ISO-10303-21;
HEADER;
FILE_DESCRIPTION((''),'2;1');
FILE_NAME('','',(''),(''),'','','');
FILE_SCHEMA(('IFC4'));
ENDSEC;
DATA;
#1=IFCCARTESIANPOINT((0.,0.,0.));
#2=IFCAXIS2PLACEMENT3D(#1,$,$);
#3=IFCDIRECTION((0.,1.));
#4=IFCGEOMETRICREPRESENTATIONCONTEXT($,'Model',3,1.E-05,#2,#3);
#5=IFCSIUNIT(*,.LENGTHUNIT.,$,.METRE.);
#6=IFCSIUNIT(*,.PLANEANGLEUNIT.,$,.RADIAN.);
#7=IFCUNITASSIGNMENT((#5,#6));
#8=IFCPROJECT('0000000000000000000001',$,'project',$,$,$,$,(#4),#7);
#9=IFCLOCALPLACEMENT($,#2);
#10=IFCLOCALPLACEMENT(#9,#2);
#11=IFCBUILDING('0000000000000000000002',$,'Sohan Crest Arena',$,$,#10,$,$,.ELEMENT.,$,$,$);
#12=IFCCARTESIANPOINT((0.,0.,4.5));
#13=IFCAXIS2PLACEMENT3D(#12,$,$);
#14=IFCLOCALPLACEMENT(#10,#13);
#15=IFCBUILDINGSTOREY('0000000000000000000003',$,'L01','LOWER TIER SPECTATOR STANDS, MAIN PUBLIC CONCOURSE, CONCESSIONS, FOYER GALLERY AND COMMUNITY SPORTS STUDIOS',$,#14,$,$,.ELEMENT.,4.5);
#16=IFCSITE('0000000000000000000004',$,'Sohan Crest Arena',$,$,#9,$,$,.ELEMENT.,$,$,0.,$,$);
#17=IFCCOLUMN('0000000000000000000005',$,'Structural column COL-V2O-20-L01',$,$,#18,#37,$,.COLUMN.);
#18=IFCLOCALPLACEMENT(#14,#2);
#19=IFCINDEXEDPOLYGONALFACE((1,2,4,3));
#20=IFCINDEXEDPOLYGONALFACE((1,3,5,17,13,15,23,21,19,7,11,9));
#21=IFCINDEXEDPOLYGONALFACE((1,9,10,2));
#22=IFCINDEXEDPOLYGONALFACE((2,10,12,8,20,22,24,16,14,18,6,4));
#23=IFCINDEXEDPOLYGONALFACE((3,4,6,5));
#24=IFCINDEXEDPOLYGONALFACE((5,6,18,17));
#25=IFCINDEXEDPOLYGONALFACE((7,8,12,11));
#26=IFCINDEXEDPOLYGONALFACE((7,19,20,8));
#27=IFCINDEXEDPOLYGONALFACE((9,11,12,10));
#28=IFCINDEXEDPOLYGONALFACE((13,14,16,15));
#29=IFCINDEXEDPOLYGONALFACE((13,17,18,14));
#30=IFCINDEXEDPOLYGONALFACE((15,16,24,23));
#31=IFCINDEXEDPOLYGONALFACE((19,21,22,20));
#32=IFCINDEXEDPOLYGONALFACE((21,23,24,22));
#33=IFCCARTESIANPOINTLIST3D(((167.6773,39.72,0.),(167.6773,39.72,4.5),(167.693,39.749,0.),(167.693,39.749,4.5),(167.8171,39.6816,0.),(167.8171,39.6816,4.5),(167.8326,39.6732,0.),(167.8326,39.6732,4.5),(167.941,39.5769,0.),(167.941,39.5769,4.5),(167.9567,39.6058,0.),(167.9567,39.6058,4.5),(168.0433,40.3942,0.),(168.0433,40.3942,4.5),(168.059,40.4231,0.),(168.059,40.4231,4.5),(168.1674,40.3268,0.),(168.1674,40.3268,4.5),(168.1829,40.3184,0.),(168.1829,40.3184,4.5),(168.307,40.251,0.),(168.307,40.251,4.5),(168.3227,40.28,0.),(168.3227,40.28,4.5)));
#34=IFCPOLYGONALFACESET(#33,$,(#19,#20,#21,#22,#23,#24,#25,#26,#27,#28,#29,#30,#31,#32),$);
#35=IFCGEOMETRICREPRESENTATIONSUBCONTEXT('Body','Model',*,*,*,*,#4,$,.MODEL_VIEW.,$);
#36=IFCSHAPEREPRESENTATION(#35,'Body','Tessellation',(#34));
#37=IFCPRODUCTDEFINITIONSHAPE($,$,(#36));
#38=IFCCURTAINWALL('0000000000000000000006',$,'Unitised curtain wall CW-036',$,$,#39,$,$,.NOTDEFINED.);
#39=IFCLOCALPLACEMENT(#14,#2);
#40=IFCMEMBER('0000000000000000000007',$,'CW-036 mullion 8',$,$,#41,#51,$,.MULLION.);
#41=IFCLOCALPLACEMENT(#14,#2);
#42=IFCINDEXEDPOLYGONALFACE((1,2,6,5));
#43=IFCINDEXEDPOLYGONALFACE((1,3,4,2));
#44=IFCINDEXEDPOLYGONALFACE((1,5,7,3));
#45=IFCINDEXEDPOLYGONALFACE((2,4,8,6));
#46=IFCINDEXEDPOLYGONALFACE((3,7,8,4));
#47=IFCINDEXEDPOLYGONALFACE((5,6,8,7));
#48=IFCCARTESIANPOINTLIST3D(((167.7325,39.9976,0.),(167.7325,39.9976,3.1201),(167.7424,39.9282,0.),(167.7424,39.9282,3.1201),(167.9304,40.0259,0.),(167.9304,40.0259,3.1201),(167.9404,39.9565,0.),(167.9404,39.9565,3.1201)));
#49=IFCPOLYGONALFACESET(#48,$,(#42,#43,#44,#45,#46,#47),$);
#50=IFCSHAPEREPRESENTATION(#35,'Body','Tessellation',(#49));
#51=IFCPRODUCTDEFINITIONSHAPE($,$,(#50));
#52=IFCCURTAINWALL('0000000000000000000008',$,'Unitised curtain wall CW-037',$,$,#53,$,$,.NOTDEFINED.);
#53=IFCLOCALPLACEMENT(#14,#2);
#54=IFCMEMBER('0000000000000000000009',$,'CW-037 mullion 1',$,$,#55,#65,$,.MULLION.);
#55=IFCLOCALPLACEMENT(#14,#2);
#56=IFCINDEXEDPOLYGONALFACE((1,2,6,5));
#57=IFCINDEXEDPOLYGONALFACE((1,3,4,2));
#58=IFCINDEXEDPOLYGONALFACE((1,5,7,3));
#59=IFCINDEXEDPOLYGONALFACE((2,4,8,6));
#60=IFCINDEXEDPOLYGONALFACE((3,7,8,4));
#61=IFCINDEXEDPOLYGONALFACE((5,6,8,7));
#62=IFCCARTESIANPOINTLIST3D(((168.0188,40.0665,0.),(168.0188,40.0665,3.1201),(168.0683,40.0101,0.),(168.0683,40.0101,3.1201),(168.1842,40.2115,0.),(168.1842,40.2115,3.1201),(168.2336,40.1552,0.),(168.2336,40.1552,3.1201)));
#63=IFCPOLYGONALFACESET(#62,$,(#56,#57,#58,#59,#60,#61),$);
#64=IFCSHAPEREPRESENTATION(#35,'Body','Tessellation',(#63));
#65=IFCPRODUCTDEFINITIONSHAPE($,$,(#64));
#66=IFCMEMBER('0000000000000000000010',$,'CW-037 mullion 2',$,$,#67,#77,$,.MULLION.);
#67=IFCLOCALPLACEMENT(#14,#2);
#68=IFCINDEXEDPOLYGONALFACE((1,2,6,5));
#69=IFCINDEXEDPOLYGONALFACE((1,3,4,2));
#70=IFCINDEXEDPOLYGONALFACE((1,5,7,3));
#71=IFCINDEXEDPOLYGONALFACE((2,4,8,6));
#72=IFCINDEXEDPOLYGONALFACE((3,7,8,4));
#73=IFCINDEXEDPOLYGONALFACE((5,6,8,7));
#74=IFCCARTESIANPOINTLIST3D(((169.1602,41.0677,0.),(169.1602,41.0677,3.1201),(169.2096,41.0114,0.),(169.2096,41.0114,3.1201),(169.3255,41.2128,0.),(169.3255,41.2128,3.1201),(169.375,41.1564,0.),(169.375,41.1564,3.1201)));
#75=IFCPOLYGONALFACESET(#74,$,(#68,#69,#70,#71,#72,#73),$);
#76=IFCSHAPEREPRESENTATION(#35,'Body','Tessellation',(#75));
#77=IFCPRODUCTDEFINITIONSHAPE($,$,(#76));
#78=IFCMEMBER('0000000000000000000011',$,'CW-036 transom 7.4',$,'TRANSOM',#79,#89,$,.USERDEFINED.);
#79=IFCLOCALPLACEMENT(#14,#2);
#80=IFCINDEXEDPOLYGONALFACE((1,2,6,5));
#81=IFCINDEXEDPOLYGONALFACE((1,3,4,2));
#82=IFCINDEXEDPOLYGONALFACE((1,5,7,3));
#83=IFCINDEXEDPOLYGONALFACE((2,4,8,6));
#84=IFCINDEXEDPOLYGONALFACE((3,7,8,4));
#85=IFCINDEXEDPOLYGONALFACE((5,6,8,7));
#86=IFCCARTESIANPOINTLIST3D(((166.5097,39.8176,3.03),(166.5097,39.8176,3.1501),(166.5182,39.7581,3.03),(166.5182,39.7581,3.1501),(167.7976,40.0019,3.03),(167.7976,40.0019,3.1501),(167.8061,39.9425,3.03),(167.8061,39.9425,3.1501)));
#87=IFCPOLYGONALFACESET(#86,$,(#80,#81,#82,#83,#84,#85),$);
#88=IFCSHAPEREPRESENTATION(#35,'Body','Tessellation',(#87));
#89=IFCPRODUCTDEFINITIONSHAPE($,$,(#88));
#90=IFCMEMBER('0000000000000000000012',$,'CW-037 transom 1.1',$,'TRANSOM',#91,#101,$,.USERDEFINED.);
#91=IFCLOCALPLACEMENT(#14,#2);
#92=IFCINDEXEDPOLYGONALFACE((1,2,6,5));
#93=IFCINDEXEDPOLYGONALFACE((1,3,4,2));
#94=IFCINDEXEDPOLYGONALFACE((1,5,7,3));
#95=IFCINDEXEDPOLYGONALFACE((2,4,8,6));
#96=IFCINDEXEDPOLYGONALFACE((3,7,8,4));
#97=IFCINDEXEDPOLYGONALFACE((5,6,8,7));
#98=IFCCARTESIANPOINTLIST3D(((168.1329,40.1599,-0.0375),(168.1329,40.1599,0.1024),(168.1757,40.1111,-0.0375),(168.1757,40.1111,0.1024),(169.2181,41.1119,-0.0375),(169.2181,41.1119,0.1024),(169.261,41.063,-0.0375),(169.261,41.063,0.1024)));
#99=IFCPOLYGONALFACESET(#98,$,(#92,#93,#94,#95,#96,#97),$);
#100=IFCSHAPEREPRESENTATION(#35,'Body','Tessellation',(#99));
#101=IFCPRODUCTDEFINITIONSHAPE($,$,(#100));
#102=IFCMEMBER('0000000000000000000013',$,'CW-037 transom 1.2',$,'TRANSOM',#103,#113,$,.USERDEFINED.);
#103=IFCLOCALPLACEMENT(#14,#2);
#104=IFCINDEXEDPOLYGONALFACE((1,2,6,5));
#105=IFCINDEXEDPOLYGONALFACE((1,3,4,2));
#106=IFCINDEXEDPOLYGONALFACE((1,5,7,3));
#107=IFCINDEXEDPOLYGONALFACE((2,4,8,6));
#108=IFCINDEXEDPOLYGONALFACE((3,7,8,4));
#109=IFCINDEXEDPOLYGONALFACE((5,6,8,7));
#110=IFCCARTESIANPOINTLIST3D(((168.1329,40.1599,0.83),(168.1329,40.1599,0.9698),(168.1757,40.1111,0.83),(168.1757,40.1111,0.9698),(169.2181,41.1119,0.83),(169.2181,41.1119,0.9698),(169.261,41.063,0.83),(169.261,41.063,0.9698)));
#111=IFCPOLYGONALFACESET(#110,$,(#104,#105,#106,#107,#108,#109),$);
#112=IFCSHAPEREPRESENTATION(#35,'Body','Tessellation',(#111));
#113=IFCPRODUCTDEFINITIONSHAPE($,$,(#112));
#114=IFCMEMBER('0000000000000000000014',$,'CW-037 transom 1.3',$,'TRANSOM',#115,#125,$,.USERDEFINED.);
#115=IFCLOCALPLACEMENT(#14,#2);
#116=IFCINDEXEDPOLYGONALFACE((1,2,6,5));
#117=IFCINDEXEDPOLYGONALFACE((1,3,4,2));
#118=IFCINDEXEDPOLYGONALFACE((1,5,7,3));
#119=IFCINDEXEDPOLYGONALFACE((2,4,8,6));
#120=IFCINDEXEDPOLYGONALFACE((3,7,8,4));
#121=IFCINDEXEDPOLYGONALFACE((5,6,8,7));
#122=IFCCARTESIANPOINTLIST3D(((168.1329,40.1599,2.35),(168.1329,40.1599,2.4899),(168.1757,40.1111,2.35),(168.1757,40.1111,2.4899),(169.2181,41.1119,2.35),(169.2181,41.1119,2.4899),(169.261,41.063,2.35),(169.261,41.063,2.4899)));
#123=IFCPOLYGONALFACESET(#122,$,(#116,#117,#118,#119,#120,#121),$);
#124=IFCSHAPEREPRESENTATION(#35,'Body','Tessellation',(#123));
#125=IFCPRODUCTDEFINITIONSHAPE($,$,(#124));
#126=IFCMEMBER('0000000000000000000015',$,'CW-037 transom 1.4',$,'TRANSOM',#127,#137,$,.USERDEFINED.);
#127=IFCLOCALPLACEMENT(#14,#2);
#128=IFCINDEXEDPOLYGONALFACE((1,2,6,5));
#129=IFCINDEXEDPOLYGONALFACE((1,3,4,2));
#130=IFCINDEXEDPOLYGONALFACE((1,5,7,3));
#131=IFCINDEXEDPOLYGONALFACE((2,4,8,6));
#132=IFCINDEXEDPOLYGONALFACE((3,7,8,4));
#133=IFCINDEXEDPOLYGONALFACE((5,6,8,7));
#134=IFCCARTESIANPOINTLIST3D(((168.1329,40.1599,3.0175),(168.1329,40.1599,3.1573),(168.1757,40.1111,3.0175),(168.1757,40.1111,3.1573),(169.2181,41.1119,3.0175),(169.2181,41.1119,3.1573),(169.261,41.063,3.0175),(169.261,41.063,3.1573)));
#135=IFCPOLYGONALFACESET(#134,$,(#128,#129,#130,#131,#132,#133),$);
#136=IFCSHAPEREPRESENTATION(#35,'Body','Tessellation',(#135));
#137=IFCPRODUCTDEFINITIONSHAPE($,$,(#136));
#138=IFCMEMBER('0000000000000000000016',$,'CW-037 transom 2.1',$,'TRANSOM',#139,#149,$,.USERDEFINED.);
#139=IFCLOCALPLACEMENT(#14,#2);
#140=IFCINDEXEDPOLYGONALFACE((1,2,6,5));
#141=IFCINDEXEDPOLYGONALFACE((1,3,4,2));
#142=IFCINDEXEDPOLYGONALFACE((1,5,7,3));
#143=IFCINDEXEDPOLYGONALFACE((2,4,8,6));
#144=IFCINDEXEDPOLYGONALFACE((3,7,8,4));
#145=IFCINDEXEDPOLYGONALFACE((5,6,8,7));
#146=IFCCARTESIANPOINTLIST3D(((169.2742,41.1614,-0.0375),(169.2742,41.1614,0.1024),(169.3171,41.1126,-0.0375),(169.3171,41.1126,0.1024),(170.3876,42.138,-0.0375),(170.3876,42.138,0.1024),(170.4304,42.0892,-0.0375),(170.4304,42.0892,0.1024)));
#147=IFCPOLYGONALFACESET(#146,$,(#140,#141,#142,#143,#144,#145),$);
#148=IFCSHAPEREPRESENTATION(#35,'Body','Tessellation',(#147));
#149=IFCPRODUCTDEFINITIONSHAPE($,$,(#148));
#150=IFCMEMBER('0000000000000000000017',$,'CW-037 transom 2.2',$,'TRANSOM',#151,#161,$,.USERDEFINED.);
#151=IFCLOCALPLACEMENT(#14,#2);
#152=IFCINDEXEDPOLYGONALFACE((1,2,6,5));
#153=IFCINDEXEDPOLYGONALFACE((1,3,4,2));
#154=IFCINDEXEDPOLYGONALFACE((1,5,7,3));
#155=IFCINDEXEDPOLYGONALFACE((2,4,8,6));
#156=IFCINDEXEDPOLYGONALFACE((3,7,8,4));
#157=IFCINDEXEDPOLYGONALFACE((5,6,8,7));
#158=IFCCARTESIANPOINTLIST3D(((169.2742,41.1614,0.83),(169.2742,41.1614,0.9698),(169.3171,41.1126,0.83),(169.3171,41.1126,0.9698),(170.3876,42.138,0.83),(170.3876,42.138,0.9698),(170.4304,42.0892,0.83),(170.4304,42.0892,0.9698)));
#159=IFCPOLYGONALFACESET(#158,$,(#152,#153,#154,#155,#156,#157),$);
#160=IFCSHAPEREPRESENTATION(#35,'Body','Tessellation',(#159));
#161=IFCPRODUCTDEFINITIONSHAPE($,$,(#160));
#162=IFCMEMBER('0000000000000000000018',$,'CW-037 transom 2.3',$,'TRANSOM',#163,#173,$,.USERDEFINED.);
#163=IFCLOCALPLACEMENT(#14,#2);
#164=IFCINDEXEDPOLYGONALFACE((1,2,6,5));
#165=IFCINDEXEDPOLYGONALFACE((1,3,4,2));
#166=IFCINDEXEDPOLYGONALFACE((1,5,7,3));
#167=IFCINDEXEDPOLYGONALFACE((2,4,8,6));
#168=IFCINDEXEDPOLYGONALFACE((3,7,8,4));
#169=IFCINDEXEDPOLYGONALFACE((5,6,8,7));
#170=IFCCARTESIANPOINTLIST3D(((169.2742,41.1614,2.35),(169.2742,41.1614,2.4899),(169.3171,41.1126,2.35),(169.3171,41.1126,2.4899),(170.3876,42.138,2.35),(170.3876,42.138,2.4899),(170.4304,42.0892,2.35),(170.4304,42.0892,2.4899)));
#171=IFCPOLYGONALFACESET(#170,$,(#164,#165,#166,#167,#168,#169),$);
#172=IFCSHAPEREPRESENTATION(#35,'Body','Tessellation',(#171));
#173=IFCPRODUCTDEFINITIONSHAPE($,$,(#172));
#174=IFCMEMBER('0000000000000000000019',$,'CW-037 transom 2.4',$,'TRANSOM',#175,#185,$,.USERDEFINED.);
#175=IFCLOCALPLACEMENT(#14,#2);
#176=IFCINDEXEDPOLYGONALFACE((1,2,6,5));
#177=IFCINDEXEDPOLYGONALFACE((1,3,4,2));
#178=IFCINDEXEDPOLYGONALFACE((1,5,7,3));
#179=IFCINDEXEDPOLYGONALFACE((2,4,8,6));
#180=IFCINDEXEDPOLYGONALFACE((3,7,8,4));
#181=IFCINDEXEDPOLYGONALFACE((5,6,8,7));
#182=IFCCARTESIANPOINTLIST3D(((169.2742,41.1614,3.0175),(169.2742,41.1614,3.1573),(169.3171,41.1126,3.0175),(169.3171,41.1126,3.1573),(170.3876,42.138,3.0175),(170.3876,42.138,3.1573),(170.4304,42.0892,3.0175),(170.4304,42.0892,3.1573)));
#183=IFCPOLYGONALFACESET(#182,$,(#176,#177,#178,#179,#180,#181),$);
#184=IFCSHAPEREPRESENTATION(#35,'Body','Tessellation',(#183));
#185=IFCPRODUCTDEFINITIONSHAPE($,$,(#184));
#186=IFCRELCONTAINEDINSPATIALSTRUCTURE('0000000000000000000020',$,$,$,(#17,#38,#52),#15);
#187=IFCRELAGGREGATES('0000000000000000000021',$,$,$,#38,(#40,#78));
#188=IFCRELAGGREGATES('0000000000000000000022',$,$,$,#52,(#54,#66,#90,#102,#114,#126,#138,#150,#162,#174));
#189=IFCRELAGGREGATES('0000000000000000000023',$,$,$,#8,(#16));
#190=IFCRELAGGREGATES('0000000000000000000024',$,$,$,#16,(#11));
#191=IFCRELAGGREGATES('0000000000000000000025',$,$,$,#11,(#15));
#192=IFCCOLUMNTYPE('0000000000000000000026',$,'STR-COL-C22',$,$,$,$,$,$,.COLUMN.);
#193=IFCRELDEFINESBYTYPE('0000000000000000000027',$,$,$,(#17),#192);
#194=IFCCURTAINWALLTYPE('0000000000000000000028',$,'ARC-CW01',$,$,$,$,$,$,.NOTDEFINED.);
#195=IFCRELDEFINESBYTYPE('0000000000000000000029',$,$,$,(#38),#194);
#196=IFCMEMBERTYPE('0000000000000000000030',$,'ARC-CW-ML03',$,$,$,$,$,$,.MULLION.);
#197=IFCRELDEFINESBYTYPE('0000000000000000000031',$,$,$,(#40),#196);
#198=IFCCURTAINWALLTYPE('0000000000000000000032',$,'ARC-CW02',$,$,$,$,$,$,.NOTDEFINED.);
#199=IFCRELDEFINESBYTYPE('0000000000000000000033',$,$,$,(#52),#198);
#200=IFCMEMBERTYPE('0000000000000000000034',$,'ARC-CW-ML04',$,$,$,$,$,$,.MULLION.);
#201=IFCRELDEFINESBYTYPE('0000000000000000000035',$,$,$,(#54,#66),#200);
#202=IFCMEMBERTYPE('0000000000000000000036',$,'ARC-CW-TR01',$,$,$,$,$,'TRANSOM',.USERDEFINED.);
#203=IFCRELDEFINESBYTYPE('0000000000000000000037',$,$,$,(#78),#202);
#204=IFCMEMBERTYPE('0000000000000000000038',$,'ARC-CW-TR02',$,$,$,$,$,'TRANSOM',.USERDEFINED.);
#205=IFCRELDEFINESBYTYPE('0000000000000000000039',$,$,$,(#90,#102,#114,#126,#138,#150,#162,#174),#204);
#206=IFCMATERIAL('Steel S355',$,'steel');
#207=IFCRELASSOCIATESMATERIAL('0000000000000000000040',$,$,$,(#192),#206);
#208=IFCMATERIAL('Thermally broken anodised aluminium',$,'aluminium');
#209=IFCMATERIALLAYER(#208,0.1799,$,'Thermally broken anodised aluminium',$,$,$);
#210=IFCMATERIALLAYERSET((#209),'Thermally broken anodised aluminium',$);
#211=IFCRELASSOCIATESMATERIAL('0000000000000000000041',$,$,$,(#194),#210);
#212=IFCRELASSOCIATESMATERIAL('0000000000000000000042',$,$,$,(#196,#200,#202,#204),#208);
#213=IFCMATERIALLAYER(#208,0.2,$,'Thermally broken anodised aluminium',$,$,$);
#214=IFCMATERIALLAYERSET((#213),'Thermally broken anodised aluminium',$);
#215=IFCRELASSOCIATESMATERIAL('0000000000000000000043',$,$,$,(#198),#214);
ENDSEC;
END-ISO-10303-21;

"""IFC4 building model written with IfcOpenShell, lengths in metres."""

from ifc_helpers import new_model, si_unit, direction, frame, origin, origin_2d, place, context, subcontext, project, spatial, rectangle, i_section, extrude, material, layer, layer_set, material_profile, profile_set, type_object, element, aggregate, save


model = new_model("IFC4")

# Units and contexts
model_context = context("Model", 3, precision=1e-05, world=origin(), true_north=direction((0.0, 1.0)))
body_context = subcontext(model_context, "Body", "Model", "MODEL_VIEW")
ifc_project = project(units=[si_unit("LENGTHUNIT", "METRE"), si_unit("PLANEANGLEUNIT", "RADIAN")], contexts=[model_context])

# Site, building, storey
site_placement = place(None, origin())
site = spatial("IfcSite", under=ifc_project, at=site_placement, Name="Sohan Crest Arena", CompositionType="ELEMENT", RefElevation=0.0)
building_placement = place(site_placement, origin())
building = spatial("IfcBuilding", under=site, at=building_placement, Name="Sohan Crest Arena", CompositionType="ELEMENT")
storey_placement = place(building_placement, frame((0.0, 0.0, 4.5)))
storey = spatial("IfcBuildingStorey", under=building, at=storey_placement, Name="L01", Description="LOWER TIER SPECTATOR STANDS, MAIN PUBLIC CONCOURSE, CONCESSIONS, FOYER GALLERY AND COMMUNITY SPORTS STUDIOS", CompositionType="ELEMENT", Elevation=4.5)

# Column
ifc_material_1 = material(Name="Steel S355", Category="steel")
ifc_material_profile_1 = material_profile(ifc_material_1, i_section(OverallWidth=0.3, OverallDepth=0.8, WebThickness=0.0176, FlangeThickness=0.033, at=origin_2d()), Name="HEB 800")
ifc_profile_set_1 = profile_set([ifc_material_profile_1], Name="Steel S355")
column_type = type_object("IfcColumnType", Name="STR-COL-C22", PredefinedType="COLUMN", material=ifc_profile_set_1)
column_placement = place(storey_placement, frame((168.0, 40.0, 0.0), z_axis=(0.0, 0.0, 1.0), x_axis=(-0.878817, 0.477159, 0.0)))
element("IfcColumn", 1, at=column_placement, inside=storey, type_object=column_type, Name="Structural column COL-V2O-20-L01", PredefinedType="COLUMN", context=body_context, shape_type="SweptSolid", body=[
    extrude(i_section(OverallWidth=0.3, OverallDepth=0.8, WebThickness=0.0176, FlangeThickness=0.033, at=origin_2d()), origin(), (0.0, 0.0, 1.0), 4.5),
])

# Curtain wall, member
ifc_material_2 = material(Name="Thermally broken anodised aluminium", Category="aluminium")
ifc_layer_1 = layer(ifc_material_2, 0.1799, Name="Thermally broken anodised aluminium")
ifc_layer_set_1 = layer_set([ifc_layer_1], Name="Thermally broken anodised aluminium")
curtain_wall_type_1 = type_object("IfcCurtainWallType", Name="ARC-CW01", PredefinedType="NOTDEFINED", material=ifc_layer_set_1)
curtain_wall_1_placement = place(storey_placement, origin())
curtain_wall_1 = element("IfcCurtainWall", 2, at=curtain_wall_1_placement, inside=storey, type_object=curtain_wall_type_1, Name="Unitised curtain wall CW-036", PredefinedType="NOTDEFINED")
ifc_material_profile_2 = material_profile(ifc_material_2, rectangle(XDim=0.0701, YDim=0.2, at=origin_2d()), Name="ALU-MULL 70x200")
ifc_profile_set_2 = profile_set([ifc_material_profile_2], Name="Thermally broken anodised aluminium")
member_type_1 = type_object("IfcMemberType", Name="ARC-CW-ML03", PredefinedType="MULLION", material=ifc_profile_set_2)
member_1_placement = place(storey_placement, frame((167.8364, 39.9771, 0.0), z_axis=(0.0, 0.0, 1.0), x_axis=(-0.141549, 0.989931, 0.0)))
member_1 = element("IfcMember", 3, at=member_1_placement, type_object=member_type_1, Name="CW-036 mullion 8", PredefinedType="MULLION", context=body_context, shape_type="SweptSolid", body=[
    extrude(rectangle(XDim=0.0701, YDim=0.2, at=origin_2d()), origin(), (0.0, 0.0, 1.0), 3.1201),
])

# Curtain wall, members
ifc_layer_2 = layer(ifc_material_2, 0.2, Name="Thermally broken anodised aluminium")
ifc_layer_set_2 = layer_set([ifc_layer_2], Name="Thermally broken anodised aluminium")
curtain_wall_type_2 = type_object("IfcCurtainWallType", Name="ARC-CW02", PredefinedType="NOTDEFINED", material=ifc_layer_set_2)
curtain_wall_2_placement = place(storey_placement, origin())
curtain_wall_2 = element("IfcCurtainWall", 4, at=curtain_wall_2_placement, inside=storey, type_object=curtain_wall_type_2, Name="Unitised curtain wall CW-037", PredefinedType="NOTDEFINED")
ifc_material_profile_3 = material_profile(ifc_material_2, rectangle(XDim=0.075, YDim=0.22, at=origin_2d()), Name="ALU-MULL 75x220")
ifc_profile_set_3 = profile_set([ifc_material_profile_3], Name="Thermally broken anodised aluminium")
member_type_2 = type_object("IfcMemberType", Name="ARC-CW-ML04", PredefinedType="MULLION", material=ifc_profile_set_3)
member_2_placement = place(storey_placement, frame((168.1262, 40.1108, 0.0), z_axis=(0.0, 0.0, 1.0), x_axis=(-0.659512, 0.751694, 0.0)))
member_2 = element("IfcMember", 5, at=member_2_placement, type_object=member_type_2, Name="CW-037 mullion 1", PredefinedType="MULLION", context=body_context, shape_type="SweptSolid", body=[
    extrude(rectangle(XDim=0.075, YDim=0.22, at=origin_2d()), origin(), (0.0, 0.0, 1.0), 3.1201),
])
member_3_placement = place(storey_placement, frame((169.2676, 41.1121, 0.0), z_axis=(0.0, 0.0, 1.0), x_axis=(-0.659512, 0.751694, 0.0)))
member_3 = element("IfcMember", 6, at=member_3_placement, type_object=member_type_2, Name="CW-037 mullion 2", PredefinedType="MULLION", context=body_context, shape_type="SweptSolid", body=[
    extrude(rectangle(XDim=0.075, YDim=0.22, at=origin_2d()), origin(), (0.0, 0.0, 1.0), 3.1201),
])

# Members
ifc_material_profile_4 = material_profile(ifc_material_2, rectangle(XDim=0.0601, YDim=0.1201, at=origin_2d()), Name="ALU-TRAN 60x120")
ifc_profile_set_4 = profile_set([ifc_material_profile_4], Name="Thermally broken anodised aluminium")
member_type_3 = type_object("IfcMemberType", Name="ARC-CW-TR01", ElementType="TRANSOM", PredefinedType="USERDEFINED", material=ifc_profile_set_4)
member_4_placement = place(storey_placement, frame((166.5139, 39.7878, 3.0901), z_axis=(0.989912, 0.141684, 0.0), x_axis=(-0.141684, 0.989912, 0.0)))
member_4 = element("IfcMember", 7, at=member_4_placement, type_object=member_type_3, Name="CW-036 transom 7.4", ObjectType="TRANSOM", PredefinedType="USERDEFINED", context=body_context, shape_type="SweptSolid", body=[
    extrude(rectangle(XDim=0.0601, YDim=0.1201, at=origin_2d()), origin(), (0.0, 0.0, 1.0), 1.301),
])
ifc_material_profile_5 = material_profile(ifc_material_2, rectangle(XDim=0.0649, YDim=0.1399, at=origin_2d()), Name="ALU-TRAN 65x140")
ifc_profile_set_5 = profile_set([ifc_material_profile_5], Name="Thermally broken anodised aluminium")
member_type_4 = type_object("IfcMemberType", Name="ARC-CW-TR02", ElementType="TRANSOM", PredefinedType="USERDEFINED", material=ifc_profile_set_5)
member_5_placement = place(storey_placement, frame((168.1543, 40.1355, 0.0325), z_axis=(0.751769, 0.659426, 0.0), x_axis=(-0.659426, 0.751769, 0.0)))
member_5 = element("IfcMember", 8, at=member_5_placement, type_object=member_type_4, Name="CW-037 transom 1.1", ObjectType="TRANSOM", PredefinedType="USERDEFINED", context=body_context, shape_type="SweptSolid", body=[
    extrude(rectangle(XDim=0.0649, YDim=0.1399, at=origin_2d()), origin(), (0.0, 0.0, 1.0), 1.4436),
])
member_6_placement = place(storey_placement, frame((168.1543, 40.1355, 0.8999), z_axis=(0.751769, 0.659426, 0.0), x_axis=(-0.659426, 0.751769, 0.0)))
member_6 = element("IfcMember", 9, at=member_6_placement, type_object=member_type_4, Name="CW-037 transom 1.2", ObjectType="TRANSOM", PredefinedType="USERDEFINED", context=body_context, shape_type="SweptSolid", body=[
    extrude(rectangle(XDim=0.0649, YDim=0.1399, at=origin_2d()), origin(), (0.0, 0.0, 1.0), 1.4436),
])
member_7_placement = place(storey_placement, frame((168.1543, 40.1355, 2.4199), z_axis=(0.751769, 0.659426, 0.0), x_axis=(-0.659426, 0.751769, 0.0)))
member_7 = element("IfcMember", 10, at=member_7_placement, type_object=member_type_4, Name="CW-037 transom 1.3", ObjectType="TRANSOM", PredefinedType="USERDEFINED", context=body_context, shape_type="SweptSolid", body=[
    extrude(rectangle(XDim=0.0649, YDim=0.1399, at=origin_2d()), origin(), (0.0, 0.0, 1.0), 1.4436),
])
member_8_placement = place(storey_placement, frame((168.1543, 40.1355, 3.0874), z_axis=(0.751769, 0.659426, 0.0), x_axis=(-0.659426, 0.751769, 0.0)))
member_8 = element("IfcMember", 11, at=member_8_placement, type_object=member_type_4, Name="CW-037 transom 1.4", ObjectType="TRANSOM", PredefinedType="USERDEFINED", context=body_context, shape_type="SweptSolid", body=[
    extrude(rectangle(XDim=0.0649, YDim=0.1399, at=origin_2d()), origin(), (0.0, 0.0, 1.0), 1.4436),
])
member_9_placement = place(storey_placement, frame((169.2957, 41.137, 0.0325), z_axis=(0.751759, 0.659438, 0.0), x_axis=(-0.659438, 0.751759, 0.0)))
member_9 = element("IfcMember", 12, at=member_9_placement, type_object=member_type_4, Name="CW-037 transom 2.1", ObjectType="TRANSOM", PredefinedType="USERDEFINED", context=body_context, shape_type="SweptSolid", body=[
    extrude(rectangle(XDim=0.0649, YDim=0.1399, at=origin_2d()), origin(), (0.0, 0.0, 1.0), 1.481),
])
member_10_placement = place(storey_placement, frame((169.2957, 41.137, 0.8999), z_axis=(0.751759, 0.659438, 0.0), x_axis=(-0.659438, 0.751759, 0.0)))
member_10 = element("IfcMember", 13, at=member_10_placement, type_object=member_type_4, Name="CW-037 transom 2.2", ObjectType="TRANSOM", PredefinedType="USERDEFINED", context=body_context, shape_type="SweptSolid", body=[
    extrude(rectangle(XDim=0.0649, YDim=0.1399, at=origin_2d()), origin(), (0.0, 0.0, 1.0), 1.481),
])
member_11_placement = place(storey_placement, frame((169.2957, 41.137, 2.4199), z_axis=(0.751759, 0.659438, 0.0), x_axis=(-0.659438, 0.751759, 0.0)))
member_11 = element("IfcMember", 14, at=member_11_placement, type_object=member_type_4, Name="CW-037 transom 2.3", ObjectType="TRANSOM", PredefinedType="USERDEFINED", context=body_context, shape_type="SweptSolid", body=[
    extrude(rectangle(XDim=0.0649, YDim=0.1399, at=origin_2d()), origin(), (0.0, 0.0, 1.0), 1.481),
])
member_12_placement = place(storey_placement, frame((169.2957, 41.137, 3.0874), z_axis=(0.751759, 0.659438, 0.0), x_axis=(-0.659438, 0.751759, 0.0)))
member_12 = element("IfcMember", 15, at=member_12_placement, type_object=member_type_4, Name="CW-037 transom 2.4", ObjectType="TRANSOM", PredefinedType="USERDEFINED", context=body_context, shape_type="SweptSolid", body=[
    extrude(rectangle(XDim=0.0649, YDim=0.1399, at=origin_2d()), origin(), (0.0, 0.0, 1.0), 1.481),
])

aggregate(curtain_wall_1, [member_1, member_4])
aggregate(curtain_wall_2, [member_2, member_3, member_5, member_6, member_7, member_8, member_9, member_10, member_11, member_12])

save(model, "model.ifc")
